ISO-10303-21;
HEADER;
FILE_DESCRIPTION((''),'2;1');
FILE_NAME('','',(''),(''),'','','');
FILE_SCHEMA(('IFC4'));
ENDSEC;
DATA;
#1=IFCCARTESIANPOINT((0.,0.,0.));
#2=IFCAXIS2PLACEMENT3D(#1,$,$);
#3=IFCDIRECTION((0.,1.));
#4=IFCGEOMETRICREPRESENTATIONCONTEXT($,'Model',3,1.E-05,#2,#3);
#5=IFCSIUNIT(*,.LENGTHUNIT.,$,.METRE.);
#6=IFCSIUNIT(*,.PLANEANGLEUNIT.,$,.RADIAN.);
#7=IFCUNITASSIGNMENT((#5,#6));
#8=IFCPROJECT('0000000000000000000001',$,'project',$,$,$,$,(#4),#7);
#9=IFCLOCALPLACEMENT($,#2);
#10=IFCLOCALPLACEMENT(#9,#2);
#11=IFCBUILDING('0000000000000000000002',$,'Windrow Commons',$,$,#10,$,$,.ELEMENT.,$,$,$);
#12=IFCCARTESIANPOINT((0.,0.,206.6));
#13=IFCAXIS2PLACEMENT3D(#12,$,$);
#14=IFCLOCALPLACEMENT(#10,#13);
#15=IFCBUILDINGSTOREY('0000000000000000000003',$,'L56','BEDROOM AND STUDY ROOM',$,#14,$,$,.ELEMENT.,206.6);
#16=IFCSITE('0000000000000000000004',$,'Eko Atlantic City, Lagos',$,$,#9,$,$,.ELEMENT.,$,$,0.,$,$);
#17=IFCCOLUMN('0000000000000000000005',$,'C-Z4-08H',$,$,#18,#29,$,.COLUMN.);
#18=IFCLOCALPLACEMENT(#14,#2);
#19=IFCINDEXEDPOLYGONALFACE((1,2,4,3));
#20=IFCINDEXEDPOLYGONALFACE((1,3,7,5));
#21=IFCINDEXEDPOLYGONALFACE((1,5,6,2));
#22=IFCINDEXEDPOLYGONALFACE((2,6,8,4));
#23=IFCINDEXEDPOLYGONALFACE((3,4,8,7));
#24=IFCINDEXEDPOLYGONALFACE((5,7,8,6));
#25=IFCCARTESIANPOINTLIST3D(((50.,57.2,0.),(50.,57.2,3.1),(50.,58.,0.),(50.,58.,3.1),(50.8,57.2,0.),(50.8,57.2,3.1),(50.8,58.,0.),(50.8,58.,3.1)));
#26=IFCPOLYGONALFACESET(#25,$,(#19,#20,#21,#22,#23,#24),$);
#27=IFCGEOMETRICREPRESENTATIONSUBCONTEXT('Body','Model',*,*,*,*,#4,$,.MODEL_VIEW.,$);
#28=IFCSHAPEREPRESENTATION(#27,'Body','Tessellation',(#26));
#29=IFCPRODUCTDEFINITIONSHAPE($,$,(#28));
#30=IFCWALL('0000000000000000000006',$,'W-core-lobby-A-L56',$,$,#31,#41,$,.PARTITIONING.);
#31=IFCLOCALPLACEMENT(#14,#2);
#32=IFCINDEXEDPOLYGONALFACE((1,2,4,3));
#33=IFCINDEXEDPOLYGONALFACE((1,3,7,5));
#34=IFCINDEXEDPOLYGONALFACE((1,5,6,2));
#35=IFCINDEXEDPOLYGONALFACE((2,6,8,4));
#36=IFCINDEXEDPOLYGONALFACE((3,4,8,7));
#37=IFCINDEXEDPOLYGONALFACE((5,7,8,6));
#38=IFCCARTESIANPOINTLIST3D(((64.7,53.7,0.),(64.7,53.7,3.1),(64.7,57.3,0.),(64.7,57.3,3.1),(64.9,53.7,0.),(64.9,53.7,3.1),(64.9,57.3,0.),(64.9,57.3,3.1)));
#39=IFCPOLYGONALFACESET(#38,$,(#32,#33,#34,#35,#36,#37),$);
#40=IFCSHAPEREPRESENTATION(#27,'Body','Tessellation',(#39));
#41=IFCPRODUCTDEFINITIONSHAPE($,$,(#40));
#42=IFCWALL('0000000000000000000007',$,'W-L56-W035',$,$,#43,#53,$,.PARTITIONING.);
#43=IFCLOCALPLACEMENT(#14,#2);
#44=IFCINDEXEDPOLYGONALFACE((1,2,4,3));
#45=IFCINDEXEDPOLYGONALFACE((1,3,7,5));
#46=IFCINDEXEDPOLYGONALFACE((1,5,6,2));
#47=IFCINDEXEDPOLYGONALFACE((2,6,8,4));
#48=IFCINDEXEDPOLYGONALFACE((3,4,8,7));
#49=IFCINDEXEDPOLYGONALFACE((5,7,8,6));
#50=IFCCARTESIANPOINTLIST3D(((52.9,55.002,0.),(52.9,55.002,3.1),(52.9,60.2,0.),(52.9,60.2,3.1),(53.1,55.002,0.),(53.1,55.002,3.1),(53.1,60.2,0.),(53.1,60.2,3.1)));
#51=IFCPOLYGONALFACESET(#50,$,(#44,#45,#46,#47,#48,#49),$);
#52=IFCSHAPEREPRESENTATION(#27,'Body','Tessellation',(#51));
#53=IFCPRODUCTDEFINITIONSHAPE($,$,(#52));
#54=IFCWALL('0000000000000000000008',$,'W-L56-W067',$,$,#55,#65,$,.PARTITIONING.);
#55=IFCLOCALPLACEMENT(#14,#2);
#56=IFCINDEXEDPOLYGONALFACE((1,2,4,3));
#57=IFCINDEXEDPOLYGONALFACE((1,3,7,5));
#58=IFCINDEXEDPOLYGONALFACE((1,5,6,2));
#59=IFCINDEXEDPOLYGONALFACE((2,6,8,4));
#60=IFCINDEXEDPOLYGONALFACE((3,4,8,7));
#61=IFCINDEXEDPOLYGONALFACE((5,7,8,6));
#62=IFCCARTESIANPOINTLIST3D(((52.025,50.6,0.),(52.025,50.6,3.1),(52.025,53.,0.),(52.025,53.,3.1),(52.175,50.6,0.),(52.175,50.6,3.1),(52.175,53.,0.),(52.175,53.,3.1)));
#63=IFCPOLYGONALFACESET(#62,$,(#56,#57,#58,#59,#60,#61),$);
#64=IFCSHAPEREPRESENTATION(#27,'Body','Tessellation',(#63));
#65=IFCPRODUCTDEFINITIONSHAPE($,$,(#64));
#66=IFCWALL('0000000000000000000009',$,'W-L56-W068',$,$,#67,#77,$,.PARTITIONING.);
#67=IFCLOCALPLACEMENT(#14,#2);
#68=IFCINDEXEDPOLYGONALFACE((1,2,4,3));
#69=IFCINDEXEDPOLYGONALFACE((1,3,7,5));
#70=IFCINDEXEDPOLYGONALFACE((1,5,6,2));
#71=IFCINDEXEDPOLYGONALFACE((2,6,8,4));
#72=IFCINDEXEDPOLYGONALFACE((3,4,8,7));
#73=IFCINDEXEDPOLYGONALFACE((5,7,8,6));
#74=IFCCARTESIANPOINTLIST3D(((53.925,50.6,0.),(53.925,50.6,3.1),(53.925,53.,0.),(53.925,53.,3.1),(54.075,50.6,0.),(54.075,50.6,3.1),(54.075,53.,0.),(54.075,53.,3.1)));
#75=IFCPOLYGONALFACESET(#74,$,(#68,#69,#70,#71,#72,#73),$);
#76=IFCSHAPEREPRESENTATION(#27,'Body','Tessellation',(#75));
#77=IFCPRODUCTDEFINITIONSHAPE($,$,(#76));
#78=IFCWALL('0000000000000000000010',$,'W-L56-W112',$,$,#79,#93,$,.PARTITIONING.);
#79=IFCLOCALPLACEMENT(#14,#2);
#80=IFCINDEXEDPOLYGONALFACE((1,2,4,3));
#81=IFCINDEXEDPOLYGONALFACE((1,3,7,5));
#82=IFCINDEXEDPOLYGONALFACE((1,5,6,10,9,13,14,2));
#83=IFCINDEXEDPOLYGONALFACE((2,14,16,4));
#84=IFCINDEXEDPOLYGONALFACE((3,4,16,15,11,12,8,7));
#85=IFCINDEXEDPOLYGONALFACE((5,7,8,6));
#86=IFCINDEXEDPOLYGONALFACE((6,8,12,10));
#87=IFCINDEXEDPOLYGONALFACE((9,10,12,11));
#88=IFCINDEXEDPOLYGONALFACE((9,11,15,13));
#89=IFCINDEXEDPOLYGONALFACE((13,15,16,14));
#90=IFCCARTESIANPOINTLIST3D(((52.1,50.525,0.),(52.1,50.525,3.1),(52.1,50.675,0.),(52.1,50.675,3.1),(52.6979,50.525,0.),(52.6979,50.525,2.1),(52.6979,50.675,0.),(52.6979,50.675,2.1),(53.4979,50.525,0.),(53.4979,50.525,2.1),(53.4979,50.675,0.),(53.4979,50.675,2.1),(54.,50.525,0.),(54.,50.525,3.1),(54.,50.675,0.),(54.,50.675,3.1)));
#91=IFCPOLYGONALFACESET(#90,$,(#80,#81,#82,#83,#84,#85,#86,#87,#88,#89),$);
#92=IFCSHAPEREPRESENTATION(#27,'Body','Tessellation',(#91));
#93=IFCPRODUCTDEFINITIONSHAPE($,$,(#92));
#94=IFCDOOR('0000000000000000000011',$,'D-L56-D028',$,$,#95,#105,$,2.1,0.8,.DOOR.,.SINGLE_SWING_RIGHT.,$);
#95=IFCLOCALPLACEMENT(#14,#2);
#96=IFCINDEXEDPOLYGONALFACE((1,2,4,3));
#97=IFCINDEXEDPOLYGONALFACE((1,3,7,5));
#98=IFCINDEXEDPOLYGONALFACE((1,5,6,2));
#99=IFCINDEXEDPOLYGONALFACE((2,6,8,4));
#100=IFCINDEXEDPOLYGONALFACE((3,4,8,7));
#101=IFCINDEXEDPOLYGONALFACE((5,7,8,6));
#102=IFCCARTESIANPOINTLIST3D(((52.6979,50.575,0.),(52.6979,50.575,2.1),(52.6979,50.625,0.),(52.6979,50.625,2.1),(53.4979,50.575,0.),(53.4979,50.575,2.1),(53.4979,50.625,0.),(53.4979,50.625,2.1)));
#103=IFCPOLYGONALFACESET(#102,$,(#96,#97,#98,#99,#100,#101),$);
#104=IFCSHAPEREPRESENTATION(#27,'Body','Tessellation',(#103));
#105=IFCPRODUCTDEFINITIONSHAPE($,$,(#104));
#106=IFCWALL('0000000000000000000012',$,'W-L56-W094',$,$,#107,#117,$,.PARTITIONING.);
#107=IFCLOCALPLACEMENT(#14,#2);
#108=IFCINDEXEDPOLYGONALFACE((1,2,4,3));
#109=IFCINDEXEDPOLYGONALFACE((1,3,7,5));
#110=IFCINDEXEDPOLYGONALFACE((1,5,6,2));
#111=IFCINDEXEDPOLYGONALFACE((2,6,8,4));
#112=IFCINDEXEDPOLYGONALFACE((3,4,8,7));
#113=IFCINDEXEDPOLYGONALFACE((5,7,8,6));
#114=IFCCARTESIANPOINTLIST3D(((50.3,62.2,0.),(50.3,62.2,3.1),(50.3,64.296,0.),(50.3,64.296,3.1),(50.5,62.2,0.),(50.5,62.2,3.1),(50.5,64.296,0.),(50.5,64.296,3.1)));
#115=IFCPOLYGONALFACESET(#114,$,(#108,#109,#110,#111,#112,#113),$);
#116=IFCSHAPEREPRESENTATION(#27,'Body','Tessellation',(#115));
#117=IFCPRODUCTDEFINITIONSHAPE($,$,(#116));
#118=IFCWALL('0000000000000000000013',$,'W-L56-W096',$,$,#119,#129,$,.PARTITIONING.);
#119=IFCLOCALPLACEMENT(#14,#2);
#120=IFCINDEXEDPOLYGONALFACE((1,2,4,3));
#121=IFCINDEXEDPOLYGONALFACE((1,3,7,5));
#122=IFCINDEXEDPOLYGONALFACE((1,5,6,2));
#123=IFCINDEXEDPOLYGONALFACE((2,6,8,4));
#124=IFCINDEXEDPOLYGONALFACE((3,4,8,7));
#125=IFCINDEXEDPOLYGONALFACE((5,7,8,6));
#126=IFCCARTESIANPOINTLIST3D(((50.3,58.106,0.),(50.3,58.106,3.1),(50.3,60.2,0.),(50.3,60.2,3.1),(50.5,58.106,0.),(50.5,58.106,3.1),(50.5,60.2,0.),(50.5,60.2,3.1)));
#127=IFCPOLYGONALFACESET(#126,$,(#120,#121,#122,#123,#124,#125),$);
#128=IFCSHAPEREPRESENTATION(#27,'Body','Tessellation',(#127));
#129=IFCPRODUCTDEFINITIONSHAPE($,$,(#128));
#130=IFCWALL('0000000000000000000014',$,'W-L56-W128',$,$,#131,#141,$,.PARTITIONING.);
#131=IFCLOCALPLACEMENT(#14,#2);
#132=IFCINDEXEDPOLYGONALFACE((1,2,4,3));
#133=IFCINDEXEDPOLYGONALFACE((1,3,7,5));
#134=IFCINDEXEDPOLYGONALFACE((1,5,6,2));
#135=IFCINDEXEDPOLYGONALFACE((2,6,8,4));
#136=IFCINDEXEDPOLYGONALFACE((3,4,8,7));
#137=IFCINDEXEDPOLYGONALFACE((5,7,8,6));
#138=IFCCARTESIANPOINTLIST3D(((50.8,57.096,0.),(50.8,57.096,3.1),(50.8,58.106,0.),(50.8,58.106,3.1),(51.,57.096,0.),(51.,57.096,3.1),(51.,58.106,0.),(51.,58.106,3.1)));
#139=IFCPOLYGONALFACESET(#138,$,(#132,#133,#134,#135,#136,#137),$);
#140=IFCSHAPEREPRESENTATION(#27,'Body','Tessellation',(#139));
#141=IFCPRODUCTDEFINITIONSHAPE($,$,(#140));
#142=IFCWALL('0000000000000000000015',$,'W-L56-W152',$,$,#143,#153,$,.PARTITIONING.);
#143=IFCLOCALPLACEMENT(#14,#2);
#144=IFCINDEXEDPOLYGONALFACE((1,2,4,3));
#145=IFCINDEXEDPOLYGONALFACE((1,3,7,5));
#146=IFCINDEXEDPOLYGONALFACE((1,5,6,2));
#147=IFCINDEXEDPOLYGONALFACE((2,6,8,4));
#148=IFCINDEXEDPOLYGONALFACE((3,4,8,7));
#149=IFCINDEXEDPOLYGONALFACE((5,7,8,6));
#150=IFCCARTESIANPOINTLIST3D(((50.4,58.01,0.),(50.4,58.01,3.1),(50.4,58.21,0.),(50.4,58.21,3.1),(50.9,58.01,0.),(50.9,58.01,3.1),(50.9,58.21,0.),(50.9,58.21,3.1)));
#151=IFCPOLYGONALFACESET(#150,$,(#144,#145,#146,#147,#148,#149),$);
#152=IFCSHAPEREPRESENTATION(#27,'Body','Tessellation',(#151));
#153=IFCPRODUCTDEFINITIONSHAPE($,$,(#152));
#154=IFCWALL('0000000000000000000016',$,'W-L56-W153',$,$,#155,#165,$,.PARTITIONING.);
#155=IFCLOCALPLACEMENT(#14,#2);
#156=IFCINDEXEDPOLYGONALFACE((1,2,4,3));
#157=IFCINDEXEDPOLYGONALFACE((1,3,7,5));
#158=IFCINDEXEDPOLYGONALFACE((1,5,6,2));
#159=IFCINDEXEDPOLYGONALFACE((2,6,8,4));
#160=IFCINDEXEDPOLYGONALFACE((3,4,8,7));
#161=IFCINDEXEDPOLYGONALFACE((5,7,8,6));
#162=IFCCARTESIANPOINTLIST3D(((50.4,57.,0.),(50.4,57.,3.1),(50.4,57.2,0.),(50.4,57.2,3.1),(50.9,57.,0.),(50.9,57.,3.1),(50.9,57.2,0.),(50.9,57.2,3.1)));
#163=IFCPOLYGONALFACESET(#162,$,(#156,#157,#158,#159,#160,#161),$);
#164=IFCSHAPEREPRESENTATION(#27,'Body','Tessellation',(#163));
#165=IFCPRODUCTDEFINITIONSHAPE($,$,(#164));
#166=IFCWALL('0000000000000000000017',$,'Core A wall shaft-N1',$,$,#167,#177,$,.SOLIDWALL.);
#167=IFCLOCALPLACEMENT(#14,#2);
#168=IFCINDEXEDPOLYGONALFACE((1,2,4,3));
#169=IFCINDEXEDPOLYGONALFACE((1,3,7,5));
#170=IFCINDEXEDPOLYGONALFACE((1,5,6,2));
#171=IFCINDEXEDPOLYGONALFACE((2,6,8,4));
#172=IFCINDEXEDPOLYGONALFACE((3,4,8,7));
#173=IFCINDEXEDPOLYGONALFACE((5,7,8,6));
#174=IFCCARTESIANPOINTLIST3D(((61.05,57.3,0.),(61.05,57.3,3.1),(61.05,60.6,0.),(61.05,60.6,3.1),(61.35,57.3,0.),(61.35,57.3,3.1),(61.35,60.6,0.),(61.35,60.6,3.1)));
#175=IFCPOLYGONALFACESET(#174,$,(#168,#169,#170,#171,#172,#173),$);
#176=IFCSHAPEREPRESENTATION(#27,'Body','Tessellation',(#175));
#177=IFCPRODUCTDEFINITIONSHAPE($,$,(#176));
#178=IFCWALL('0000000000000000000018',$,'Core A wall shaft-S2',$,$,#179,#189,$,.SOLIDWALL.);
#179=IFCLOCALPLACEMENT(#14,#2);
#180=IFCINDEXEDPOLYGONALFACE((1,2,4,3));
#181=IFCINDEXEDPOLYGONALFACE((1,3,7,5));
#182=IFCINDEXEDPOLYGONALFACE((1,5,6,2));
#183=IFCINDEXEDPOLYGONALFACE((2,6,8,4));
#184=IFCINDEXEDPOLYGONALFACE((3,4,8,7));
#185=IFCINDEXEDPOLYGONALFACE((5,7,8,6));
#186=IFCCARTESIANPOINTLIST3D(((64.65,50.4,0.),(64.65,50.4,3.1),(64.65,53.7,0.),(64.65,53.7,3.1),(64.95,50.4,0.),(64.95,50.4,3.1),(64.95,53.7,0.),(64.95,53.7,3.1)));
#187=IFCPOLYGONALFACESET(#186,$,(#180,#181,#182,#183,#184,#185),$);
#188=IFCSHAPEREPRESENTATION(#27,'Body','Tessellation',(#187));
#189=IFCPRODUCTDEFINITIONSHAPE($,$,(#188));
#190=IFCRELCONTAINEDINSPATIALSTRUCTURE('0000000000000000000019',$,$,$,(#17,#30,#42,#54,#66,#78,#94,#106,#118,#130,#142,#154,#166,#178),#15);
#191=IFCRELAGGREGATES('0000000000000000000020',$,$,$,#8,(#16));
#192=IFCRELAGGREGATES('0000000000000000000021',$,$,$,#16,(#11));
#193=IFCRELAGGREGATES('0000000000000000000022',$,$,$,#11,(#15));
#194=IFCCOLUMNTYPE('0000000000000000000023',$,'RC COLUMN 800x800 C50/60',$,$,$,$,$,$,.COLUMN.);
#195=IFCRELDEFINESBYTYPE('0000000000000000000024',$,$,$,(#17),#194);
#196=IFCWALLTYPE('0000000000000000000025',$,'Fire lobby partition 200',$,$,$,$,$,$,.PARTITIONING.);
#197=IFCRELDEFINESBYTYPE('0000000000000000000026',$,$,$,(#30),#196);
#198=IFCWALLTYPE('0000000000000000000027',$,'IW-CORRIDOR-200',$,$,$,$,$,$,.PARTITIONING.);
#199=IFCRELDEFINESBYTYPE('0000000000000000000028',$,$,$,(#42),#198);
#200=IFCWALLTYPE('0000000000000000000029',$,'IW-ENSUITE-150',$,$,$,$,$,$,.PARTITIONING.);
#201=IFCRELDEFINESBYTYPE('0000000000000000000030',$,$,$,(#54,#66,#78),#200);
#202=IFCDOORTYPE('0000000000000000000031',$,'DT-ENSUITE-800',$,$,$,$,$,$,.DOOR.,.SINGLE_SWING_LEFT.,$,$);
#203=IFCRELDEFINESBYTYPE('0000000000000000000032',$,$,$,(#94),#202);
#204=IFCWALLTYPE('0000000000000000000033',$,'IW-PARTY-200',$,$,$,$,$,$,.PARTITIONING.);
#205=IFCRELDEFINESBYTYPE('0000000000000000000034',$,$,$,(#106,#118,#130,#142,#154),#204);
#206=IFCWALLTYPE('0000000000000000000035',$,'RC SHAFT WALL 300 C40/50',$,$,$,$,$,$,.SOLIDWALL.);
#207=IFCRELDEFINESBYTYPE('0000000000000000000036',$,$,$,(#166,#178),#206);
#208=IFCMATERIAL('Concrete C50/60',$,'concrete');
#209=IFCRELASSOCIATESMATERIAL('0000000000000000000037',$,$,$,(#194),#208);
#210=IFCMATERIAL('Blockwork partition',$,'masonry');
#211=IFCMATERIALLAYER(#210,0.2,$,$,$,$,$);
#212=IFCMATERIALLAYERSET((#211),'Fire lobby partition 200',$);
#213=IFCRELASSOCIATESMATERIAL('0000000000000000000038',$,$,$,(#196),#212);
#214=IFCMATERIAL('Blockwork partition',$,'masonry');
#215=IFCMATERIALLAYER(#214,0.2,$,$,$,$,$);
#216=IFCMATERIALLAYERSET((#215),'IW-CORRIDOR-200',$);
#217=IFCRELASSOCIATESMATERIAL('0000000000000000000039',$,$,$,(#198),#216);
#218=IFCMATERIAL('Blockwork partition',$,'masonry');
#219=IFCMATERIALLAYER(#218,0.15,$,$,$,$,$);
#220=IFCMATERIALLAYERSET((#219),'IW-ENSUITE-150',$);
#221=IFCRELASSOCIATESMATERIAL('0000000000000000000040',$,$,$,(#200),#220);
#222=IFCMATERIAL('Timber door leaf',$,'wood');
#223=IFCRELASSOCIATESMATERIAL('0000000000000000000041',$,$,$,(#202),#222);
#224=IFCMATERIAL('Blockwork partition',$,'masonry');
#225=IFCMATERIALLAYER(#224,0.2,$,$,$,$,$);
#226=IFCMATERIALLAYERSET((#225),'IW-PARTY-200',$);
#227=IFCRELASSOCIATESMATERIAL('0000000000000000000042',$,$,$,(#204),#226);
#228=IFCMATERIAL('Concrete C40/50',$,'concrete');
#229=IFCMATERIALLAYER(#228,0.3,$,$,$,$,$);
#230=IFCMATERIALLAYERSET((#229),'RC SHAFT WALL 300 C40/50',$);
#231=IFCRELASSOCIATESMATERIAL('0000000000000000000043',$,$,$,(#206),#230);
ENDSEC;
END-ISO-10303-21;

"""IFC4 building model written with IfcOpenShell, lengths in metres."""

from ifc_helpers import new_model, si_unit, direction, frame, frame_2d, origin, origin_2d, place, context, subcontext, project, spatial, rectangle, extrude, material, layer, layer_set, material_profile, profile_set, type_object, element, fill, save


model = new_model("IFC4")

# Units and contexts
model_context = context("Model", 3, precision=1e-05, world=origin(), true_north=direction((0.0, 1.0)))
body_context = subcontext(model_context, "Body", "Model", "MODEL_VIEW")
ifc_project = project(units=[si_unit("LENGTHUNIT", "METRE"), si_unit("PLANEANGLEUNIT", "RADIAN")], contexts=[model_context])

# Site, building, storey
site_placement = place(None, origin())
site = spatial("IfcSite", under=ifc_project, at=site_placement, Name="Eko Atlantic City, Lagos", CompositionType="ELEMENT", RefElevation=0.0)
building_placement = place(site_placement, origin())
building = spatial("IfcBuilding", under=site, at=building_placement, Name="Windrow Commons", CompositionType="ELEMENT")
storey_placement = place(building_placement, frame((0.0, 0.0, 206.6)))
storey = spatial("IfcBuildingStorey", under=building, at=storey_placement, Name="L56", Description="BEDROOM AND STUDY ROOM", CompositionType="ELEMENT", Elevation=206.6)

# Column
ifc_material_1 = material(Name="Concrete C50/60", Category="concrete")
ifc_material_profile = material_profile(ifc_material_1, rectangle(XDim=0.8, YDim=0.8, at=origin_2d()))
ifc_profile_set = profile_set([ifc_material_profile], Name="Concrete C50/60")
column_type = type_object("IfcColumnType", Name="RC COLUMN 800x800 C50/60", PredefinedType="COLUMN", material=ifc_profile_set)
column_placement = place(storey_placement, frame((50.4, 57.6, 0.0), z_axis=(0.0, 0.0, 1.0), x_axis=(1.0, 0.0, 0.0)))
element("IfcColumn", 1, at=column_placement, inside=storey, type_object=column_type, Name="C-Z4-08H", PredefinedType="COLUMN", context=body_context, shape_type="SweptSolid", body=[
    extrude(rectangle(XDim=0.8, YDim=0.8, at=origin_2d()), origin(), (0.0, 0.0, 1.0), 3.1),
])

# Walls
ifc_material_2 = material(Name="Blockwork partition", Category="masonry")
ifc_layer_1 = layer(ifc_material_2, 0.2)
ifc_layer_set_1 = layer_set([ifc_layer_1], Name="Fire lobby partition 200")
wall_type_1 = type_object("IfcWallType", Name="Fire lobby partition 200", PredefinedType="PARTITIONING", material=ifc_layer_set_1)
wall_1_placement = place(storey_placement, frame((64.8, 53.7, 0.0), z_axis=(0.0, 0.0, 1.0), x_axis=(0.0, 1.0, 0.0)))
element("IfcWall", 2, at=wall_1_placement, inside=storey, type_object=wall_type_1, Name="W-core-lobby-A-L56", PredefinedType="PARTITIONING", context=body_context, shape_type="SweptSolid", body=[
    extrude(rectangle(XDim=3.6, YDim=0.2, at=frame_2d((1.8, 0.0))), origin(), (0.0, 0.0, 1.0), 3.1),
])
ifc_material_3 = material(Name="Blockwork partition", Category="masonry")
ifc_layer_2 = layer(ifc_material_3, 0.2)
ifc_layer_set_2 = layer_set([ifc_layer_2], Name="IW-CORRIDOR-200")
wall_type_2 = type_object("IfcWallType", Name="IW-CORRIDOR-200", PredefinedType="PARTITIONING", material=ifc_layer_set_2)
wall_2_placement = place(storey_placement, frame((53.0, 55.002, 0.0), z_axis=(0.0, 0.0, 1.0), x_axis=(0.0, 1.0, 0.0)))
element("IfcWall", 3, at=wall_2_placement, inside=storey, type_object=wall_type_2, Name="W-L56-W035", PredefinedType="PARTITIONING", context=body_context, shape_type="SweptSolid", body=[
    extrude(rectangle(XDim=5.198, YDim=0.2, at=frame_2d((2.599, 0.0))), origin(), (0.0, 0.0, 1.0), 3.1),
])
ifc_material_4 = material(Name="Blockwork partition", Category="masonry")
ifc_layer_3 = layer(ifc_material_4, 0.15)
ifc_layer_set_3 = layer_set([ifc_layer_3], Name="IW-ENSUITE-150")
wall_type_3 = type_object("IfcWallType", Name="IW-ENSUITE-150", PredefinedType="PARTITIONING", material=ifc_layer_set_3)
for number, where, z_axis, x_axis, name in (
    (4, (52.1, 50.6, 0.0), (0.0, 0.0, 1.0), (0.0, 1.0, 0.0), "W-L56-W067"),
    (5, (54.0, 50.6, 0.0), (0.0, 0.0, 1.0), (0.0, 1.0, 0.0), "W-L56-W068"),
):
    element("IfcWall", number, at=place(storey_placement, frame(where, z_axis=z_axis, x_axis=x_axis)), inside=storey, type_object=wall_type_3, Name=name, PredefinedType="PARTITIONING", context=body_context, shape_type="SweptSolid", body=[
        extrude(rectangle(XDim=2.4, YDim=0.15, at=frame_2d((1.2, 0.0))), origin(), (0.0, 0.0, 1.0), 3.1),
    ])

# Wall, opening, door
wall_3_placement = place(storey_placement, frame((52.1, 50.6, 0.0), z_axis=(0.0, 0.0, 1.0), x_axis=(1.0, 0.0, 0.0)))
wall_3 = element("IfcWall", 6, at=wall_3_placement, inside=storey, type_object=wall_type_3, Name="W-L56-W112", PredefinedType="PARTITIONING", context=body_context, shape_type="SweptSolid", body=[
    extrude(rectangle(XDim=1.9, YDim=0.15, at=frame_2d((0.95, 0.0))), origin(), (0.0, 0.0, 1.0), 3.1),
])
opening_1_placement = place(wall_3_placement, frame((0.5979, 0.0, 0.0)))
opening_1 = element("IfcOpeningElement", 7, at=opening_1_placement, cuts=wall_3, PredefinedType="OPENING", context=body_context, shape_type="SweptSolid", body=[
    extrude(rectangle(XDim=0.8, YDim=2.1, at=frame_2d((0.4, 1.05))), frame((0.0, 0.085, 0.0), z_axis=(0.0, -1.0, 0.0), x_axis=(1.0, 0.0, 0.0)), (0.0, 0.0, 1.0), 0.17),
])
ifc_material_5 = material(Name="Timber door leaf", Category="wood")
door_type_1 = type_object("IfcDoorType", Name="DT-ENSUITE-800", OperationType="SINGLE_SWING_LEFT", PredefinedType="DOOR", material=ifc_material_5)
door_1_placement = place(opening_1_placement, origin())
door_1 = element("IfcDoor", 8, at=door_1_placement, inside=storey, type_object=door_type_1, Name="D-L56-D028", OperationType="SINGLE_SWING_RIGHT", OverallHeight=2.1, OverallWidth=0.8, PredefinedType="DOOR", context=body_context, shape_type="SweptSolid", body=[
    extrude(rectangle(XDim=0.8, YDim=2.1, at=frame_2d((0.4, 1.05))), frame((0.0, 0.025, 0.0), z_axis=(0.0, -1.0, 0.0), x_axis=(1.0, 0.0, 0.0)), (0.0, 0.0, 1.0), 0.05),
])
fill(opening_1, door_1)

# Walls
ifc_material_6 = material(Name="Blockwork partition", Category="masonry")
ifc_layer_4 = layer(ifc_material_6, 0.2)
ifc_layer_set_4 = layer_set([ifc_layer_4], Name="IW-PARTY-200")
wall_type_4 = type_object("IfcWallType", Name="IW-PARTY-200", PredefinedType="PARTITIONING", material=ifc_layer_set_4)
wall_4_placement = place(storey_placement, frame((50.4, 62.2, 0.0), z_axis=(0.0, 0.0, 1.0), x_axis=(0.0, 1.0, 0.0)))
element("IfcWall", 9, at=wall_4_placement, inside=storey, type_object=wall_type_4, Name="W-L56-W094", PredefinedType="PARTITIONING", context=body_context, shape_type="SweptSolid", body=[
    extrude(rectangle(XDim=2.096, YDim=0.2, at=frame_2d((1.048, 0.0))), origin(), (0.0, 0.0, 1.0), 3.1),
])
wall_5_placement = place(storey_placement, frame((50.4, 58.106, 0.0), z_axis=(0.0, 0.0, 1.0), x_axis=(0.0, 1.0, 0.0)))
element("IfcWall", 10, at=wall_5_placement, inside=storey, type_object=wall_type_4, Name="W-L56-W096", PredefinedType="PARTITIONING", context=body_context, shape_type="SweptSolid", body=[
    extrude(rectangle(XDim=2.094, YDim=0.2, at=frame_2d((1.047, 0.0))), origin(), (0.0, 0.0, 1.0), 3.1),
])
wall_6_placement = place(storey_placement, frame((50.9, 57.096, 0.0), z_axis=(0.0, 0.0, 1.0), x_axis=(0.0, 1.0, 0.0)))
element("IfcWall", 11, at=wall_6_placement, inside=storey, type_object=wall_type_4, Name="W-L56-W128", PredefinedType="PARTITIONING", context=body_context, shape_type="SweptSolid", body=[
    extrude(rectangle(XDim=1.01, YDim=0.2, at=frame_2d((0.505, 0.0))), origin(), (0.0, 0.0, 1.0), 3.1),
])
for number, where, z_axis, x_axis, name in (
    (12, (50.4, 58.11, 0.0), (0.0, 0.0, 1.0), (1.0, 0.0, 0.0), "W-L56-W152"),
    (13, (50.4, 57.1, 0.0), (0.0, 0.0, 1.0), (1.0, 0.0, 0.0), "W-L56-W153"),
):
    element("IfcWall", number, at=place(storey_placement, frame(where, z_axis=z_axis, x_axis=x_axis)), inside=storey, type_object=wall_type_4, Name=name, PredefinedType="PARTITIONING", context=body_context, shape_type="SweptSolid", body=[
        extrude(rectangle(XDim=0.5, YDim=0.2, at=frame_2d((0.25, 0.0))), origin(), (0.0, 0.0, 1.0), 3.1),
    ])
ifc_material_7 = material(Name="Concrete C40/50", Category="concrete")
ifc_layer_5 = layer(ifc_material_7, 0.3)
ifc_layer_set_5 = layer_set([ifc_layer_5], Name="RC SHAFT WALL 300 C40/50")
wall_type_5 = type_object("IfcWallType", Name="RC SHAFT WALL 300 C40/50", PredefinedType="SOLIDWALL", material=ifc_layer_set_5)
for number, where, z_axis, x_axis, name in (
    (14, (61.2, 57.3, 0.0), (0.0, 0.0, 1.0), (0.0, 1.0, 0.0), "Core A wall shaft-N1"),
    (15, (64.8, 50.4, 0.0), (0.0, 0.0, 1.0), (0.0, 1.0, 0.0), "Core A wall shaft-S2"),
):
    element("IfcWall", number, at=place(storey_placement, frame(where, z_axis=z_axis, x_axis=x_axis)), inside=storey, type_object=wall_type_5, Name=name, PredefinedType="SOLIDWALL", context=body_context, shape_type="SweptSolid", body=[
        extrude(rectangle(XDim=3.3, YDim=0.3, at=frame_2d((1.65, 0.0))), origin(), (0.0, 0.0, 1.0), 3.1),
    ])

save(model, "model.ifc")
